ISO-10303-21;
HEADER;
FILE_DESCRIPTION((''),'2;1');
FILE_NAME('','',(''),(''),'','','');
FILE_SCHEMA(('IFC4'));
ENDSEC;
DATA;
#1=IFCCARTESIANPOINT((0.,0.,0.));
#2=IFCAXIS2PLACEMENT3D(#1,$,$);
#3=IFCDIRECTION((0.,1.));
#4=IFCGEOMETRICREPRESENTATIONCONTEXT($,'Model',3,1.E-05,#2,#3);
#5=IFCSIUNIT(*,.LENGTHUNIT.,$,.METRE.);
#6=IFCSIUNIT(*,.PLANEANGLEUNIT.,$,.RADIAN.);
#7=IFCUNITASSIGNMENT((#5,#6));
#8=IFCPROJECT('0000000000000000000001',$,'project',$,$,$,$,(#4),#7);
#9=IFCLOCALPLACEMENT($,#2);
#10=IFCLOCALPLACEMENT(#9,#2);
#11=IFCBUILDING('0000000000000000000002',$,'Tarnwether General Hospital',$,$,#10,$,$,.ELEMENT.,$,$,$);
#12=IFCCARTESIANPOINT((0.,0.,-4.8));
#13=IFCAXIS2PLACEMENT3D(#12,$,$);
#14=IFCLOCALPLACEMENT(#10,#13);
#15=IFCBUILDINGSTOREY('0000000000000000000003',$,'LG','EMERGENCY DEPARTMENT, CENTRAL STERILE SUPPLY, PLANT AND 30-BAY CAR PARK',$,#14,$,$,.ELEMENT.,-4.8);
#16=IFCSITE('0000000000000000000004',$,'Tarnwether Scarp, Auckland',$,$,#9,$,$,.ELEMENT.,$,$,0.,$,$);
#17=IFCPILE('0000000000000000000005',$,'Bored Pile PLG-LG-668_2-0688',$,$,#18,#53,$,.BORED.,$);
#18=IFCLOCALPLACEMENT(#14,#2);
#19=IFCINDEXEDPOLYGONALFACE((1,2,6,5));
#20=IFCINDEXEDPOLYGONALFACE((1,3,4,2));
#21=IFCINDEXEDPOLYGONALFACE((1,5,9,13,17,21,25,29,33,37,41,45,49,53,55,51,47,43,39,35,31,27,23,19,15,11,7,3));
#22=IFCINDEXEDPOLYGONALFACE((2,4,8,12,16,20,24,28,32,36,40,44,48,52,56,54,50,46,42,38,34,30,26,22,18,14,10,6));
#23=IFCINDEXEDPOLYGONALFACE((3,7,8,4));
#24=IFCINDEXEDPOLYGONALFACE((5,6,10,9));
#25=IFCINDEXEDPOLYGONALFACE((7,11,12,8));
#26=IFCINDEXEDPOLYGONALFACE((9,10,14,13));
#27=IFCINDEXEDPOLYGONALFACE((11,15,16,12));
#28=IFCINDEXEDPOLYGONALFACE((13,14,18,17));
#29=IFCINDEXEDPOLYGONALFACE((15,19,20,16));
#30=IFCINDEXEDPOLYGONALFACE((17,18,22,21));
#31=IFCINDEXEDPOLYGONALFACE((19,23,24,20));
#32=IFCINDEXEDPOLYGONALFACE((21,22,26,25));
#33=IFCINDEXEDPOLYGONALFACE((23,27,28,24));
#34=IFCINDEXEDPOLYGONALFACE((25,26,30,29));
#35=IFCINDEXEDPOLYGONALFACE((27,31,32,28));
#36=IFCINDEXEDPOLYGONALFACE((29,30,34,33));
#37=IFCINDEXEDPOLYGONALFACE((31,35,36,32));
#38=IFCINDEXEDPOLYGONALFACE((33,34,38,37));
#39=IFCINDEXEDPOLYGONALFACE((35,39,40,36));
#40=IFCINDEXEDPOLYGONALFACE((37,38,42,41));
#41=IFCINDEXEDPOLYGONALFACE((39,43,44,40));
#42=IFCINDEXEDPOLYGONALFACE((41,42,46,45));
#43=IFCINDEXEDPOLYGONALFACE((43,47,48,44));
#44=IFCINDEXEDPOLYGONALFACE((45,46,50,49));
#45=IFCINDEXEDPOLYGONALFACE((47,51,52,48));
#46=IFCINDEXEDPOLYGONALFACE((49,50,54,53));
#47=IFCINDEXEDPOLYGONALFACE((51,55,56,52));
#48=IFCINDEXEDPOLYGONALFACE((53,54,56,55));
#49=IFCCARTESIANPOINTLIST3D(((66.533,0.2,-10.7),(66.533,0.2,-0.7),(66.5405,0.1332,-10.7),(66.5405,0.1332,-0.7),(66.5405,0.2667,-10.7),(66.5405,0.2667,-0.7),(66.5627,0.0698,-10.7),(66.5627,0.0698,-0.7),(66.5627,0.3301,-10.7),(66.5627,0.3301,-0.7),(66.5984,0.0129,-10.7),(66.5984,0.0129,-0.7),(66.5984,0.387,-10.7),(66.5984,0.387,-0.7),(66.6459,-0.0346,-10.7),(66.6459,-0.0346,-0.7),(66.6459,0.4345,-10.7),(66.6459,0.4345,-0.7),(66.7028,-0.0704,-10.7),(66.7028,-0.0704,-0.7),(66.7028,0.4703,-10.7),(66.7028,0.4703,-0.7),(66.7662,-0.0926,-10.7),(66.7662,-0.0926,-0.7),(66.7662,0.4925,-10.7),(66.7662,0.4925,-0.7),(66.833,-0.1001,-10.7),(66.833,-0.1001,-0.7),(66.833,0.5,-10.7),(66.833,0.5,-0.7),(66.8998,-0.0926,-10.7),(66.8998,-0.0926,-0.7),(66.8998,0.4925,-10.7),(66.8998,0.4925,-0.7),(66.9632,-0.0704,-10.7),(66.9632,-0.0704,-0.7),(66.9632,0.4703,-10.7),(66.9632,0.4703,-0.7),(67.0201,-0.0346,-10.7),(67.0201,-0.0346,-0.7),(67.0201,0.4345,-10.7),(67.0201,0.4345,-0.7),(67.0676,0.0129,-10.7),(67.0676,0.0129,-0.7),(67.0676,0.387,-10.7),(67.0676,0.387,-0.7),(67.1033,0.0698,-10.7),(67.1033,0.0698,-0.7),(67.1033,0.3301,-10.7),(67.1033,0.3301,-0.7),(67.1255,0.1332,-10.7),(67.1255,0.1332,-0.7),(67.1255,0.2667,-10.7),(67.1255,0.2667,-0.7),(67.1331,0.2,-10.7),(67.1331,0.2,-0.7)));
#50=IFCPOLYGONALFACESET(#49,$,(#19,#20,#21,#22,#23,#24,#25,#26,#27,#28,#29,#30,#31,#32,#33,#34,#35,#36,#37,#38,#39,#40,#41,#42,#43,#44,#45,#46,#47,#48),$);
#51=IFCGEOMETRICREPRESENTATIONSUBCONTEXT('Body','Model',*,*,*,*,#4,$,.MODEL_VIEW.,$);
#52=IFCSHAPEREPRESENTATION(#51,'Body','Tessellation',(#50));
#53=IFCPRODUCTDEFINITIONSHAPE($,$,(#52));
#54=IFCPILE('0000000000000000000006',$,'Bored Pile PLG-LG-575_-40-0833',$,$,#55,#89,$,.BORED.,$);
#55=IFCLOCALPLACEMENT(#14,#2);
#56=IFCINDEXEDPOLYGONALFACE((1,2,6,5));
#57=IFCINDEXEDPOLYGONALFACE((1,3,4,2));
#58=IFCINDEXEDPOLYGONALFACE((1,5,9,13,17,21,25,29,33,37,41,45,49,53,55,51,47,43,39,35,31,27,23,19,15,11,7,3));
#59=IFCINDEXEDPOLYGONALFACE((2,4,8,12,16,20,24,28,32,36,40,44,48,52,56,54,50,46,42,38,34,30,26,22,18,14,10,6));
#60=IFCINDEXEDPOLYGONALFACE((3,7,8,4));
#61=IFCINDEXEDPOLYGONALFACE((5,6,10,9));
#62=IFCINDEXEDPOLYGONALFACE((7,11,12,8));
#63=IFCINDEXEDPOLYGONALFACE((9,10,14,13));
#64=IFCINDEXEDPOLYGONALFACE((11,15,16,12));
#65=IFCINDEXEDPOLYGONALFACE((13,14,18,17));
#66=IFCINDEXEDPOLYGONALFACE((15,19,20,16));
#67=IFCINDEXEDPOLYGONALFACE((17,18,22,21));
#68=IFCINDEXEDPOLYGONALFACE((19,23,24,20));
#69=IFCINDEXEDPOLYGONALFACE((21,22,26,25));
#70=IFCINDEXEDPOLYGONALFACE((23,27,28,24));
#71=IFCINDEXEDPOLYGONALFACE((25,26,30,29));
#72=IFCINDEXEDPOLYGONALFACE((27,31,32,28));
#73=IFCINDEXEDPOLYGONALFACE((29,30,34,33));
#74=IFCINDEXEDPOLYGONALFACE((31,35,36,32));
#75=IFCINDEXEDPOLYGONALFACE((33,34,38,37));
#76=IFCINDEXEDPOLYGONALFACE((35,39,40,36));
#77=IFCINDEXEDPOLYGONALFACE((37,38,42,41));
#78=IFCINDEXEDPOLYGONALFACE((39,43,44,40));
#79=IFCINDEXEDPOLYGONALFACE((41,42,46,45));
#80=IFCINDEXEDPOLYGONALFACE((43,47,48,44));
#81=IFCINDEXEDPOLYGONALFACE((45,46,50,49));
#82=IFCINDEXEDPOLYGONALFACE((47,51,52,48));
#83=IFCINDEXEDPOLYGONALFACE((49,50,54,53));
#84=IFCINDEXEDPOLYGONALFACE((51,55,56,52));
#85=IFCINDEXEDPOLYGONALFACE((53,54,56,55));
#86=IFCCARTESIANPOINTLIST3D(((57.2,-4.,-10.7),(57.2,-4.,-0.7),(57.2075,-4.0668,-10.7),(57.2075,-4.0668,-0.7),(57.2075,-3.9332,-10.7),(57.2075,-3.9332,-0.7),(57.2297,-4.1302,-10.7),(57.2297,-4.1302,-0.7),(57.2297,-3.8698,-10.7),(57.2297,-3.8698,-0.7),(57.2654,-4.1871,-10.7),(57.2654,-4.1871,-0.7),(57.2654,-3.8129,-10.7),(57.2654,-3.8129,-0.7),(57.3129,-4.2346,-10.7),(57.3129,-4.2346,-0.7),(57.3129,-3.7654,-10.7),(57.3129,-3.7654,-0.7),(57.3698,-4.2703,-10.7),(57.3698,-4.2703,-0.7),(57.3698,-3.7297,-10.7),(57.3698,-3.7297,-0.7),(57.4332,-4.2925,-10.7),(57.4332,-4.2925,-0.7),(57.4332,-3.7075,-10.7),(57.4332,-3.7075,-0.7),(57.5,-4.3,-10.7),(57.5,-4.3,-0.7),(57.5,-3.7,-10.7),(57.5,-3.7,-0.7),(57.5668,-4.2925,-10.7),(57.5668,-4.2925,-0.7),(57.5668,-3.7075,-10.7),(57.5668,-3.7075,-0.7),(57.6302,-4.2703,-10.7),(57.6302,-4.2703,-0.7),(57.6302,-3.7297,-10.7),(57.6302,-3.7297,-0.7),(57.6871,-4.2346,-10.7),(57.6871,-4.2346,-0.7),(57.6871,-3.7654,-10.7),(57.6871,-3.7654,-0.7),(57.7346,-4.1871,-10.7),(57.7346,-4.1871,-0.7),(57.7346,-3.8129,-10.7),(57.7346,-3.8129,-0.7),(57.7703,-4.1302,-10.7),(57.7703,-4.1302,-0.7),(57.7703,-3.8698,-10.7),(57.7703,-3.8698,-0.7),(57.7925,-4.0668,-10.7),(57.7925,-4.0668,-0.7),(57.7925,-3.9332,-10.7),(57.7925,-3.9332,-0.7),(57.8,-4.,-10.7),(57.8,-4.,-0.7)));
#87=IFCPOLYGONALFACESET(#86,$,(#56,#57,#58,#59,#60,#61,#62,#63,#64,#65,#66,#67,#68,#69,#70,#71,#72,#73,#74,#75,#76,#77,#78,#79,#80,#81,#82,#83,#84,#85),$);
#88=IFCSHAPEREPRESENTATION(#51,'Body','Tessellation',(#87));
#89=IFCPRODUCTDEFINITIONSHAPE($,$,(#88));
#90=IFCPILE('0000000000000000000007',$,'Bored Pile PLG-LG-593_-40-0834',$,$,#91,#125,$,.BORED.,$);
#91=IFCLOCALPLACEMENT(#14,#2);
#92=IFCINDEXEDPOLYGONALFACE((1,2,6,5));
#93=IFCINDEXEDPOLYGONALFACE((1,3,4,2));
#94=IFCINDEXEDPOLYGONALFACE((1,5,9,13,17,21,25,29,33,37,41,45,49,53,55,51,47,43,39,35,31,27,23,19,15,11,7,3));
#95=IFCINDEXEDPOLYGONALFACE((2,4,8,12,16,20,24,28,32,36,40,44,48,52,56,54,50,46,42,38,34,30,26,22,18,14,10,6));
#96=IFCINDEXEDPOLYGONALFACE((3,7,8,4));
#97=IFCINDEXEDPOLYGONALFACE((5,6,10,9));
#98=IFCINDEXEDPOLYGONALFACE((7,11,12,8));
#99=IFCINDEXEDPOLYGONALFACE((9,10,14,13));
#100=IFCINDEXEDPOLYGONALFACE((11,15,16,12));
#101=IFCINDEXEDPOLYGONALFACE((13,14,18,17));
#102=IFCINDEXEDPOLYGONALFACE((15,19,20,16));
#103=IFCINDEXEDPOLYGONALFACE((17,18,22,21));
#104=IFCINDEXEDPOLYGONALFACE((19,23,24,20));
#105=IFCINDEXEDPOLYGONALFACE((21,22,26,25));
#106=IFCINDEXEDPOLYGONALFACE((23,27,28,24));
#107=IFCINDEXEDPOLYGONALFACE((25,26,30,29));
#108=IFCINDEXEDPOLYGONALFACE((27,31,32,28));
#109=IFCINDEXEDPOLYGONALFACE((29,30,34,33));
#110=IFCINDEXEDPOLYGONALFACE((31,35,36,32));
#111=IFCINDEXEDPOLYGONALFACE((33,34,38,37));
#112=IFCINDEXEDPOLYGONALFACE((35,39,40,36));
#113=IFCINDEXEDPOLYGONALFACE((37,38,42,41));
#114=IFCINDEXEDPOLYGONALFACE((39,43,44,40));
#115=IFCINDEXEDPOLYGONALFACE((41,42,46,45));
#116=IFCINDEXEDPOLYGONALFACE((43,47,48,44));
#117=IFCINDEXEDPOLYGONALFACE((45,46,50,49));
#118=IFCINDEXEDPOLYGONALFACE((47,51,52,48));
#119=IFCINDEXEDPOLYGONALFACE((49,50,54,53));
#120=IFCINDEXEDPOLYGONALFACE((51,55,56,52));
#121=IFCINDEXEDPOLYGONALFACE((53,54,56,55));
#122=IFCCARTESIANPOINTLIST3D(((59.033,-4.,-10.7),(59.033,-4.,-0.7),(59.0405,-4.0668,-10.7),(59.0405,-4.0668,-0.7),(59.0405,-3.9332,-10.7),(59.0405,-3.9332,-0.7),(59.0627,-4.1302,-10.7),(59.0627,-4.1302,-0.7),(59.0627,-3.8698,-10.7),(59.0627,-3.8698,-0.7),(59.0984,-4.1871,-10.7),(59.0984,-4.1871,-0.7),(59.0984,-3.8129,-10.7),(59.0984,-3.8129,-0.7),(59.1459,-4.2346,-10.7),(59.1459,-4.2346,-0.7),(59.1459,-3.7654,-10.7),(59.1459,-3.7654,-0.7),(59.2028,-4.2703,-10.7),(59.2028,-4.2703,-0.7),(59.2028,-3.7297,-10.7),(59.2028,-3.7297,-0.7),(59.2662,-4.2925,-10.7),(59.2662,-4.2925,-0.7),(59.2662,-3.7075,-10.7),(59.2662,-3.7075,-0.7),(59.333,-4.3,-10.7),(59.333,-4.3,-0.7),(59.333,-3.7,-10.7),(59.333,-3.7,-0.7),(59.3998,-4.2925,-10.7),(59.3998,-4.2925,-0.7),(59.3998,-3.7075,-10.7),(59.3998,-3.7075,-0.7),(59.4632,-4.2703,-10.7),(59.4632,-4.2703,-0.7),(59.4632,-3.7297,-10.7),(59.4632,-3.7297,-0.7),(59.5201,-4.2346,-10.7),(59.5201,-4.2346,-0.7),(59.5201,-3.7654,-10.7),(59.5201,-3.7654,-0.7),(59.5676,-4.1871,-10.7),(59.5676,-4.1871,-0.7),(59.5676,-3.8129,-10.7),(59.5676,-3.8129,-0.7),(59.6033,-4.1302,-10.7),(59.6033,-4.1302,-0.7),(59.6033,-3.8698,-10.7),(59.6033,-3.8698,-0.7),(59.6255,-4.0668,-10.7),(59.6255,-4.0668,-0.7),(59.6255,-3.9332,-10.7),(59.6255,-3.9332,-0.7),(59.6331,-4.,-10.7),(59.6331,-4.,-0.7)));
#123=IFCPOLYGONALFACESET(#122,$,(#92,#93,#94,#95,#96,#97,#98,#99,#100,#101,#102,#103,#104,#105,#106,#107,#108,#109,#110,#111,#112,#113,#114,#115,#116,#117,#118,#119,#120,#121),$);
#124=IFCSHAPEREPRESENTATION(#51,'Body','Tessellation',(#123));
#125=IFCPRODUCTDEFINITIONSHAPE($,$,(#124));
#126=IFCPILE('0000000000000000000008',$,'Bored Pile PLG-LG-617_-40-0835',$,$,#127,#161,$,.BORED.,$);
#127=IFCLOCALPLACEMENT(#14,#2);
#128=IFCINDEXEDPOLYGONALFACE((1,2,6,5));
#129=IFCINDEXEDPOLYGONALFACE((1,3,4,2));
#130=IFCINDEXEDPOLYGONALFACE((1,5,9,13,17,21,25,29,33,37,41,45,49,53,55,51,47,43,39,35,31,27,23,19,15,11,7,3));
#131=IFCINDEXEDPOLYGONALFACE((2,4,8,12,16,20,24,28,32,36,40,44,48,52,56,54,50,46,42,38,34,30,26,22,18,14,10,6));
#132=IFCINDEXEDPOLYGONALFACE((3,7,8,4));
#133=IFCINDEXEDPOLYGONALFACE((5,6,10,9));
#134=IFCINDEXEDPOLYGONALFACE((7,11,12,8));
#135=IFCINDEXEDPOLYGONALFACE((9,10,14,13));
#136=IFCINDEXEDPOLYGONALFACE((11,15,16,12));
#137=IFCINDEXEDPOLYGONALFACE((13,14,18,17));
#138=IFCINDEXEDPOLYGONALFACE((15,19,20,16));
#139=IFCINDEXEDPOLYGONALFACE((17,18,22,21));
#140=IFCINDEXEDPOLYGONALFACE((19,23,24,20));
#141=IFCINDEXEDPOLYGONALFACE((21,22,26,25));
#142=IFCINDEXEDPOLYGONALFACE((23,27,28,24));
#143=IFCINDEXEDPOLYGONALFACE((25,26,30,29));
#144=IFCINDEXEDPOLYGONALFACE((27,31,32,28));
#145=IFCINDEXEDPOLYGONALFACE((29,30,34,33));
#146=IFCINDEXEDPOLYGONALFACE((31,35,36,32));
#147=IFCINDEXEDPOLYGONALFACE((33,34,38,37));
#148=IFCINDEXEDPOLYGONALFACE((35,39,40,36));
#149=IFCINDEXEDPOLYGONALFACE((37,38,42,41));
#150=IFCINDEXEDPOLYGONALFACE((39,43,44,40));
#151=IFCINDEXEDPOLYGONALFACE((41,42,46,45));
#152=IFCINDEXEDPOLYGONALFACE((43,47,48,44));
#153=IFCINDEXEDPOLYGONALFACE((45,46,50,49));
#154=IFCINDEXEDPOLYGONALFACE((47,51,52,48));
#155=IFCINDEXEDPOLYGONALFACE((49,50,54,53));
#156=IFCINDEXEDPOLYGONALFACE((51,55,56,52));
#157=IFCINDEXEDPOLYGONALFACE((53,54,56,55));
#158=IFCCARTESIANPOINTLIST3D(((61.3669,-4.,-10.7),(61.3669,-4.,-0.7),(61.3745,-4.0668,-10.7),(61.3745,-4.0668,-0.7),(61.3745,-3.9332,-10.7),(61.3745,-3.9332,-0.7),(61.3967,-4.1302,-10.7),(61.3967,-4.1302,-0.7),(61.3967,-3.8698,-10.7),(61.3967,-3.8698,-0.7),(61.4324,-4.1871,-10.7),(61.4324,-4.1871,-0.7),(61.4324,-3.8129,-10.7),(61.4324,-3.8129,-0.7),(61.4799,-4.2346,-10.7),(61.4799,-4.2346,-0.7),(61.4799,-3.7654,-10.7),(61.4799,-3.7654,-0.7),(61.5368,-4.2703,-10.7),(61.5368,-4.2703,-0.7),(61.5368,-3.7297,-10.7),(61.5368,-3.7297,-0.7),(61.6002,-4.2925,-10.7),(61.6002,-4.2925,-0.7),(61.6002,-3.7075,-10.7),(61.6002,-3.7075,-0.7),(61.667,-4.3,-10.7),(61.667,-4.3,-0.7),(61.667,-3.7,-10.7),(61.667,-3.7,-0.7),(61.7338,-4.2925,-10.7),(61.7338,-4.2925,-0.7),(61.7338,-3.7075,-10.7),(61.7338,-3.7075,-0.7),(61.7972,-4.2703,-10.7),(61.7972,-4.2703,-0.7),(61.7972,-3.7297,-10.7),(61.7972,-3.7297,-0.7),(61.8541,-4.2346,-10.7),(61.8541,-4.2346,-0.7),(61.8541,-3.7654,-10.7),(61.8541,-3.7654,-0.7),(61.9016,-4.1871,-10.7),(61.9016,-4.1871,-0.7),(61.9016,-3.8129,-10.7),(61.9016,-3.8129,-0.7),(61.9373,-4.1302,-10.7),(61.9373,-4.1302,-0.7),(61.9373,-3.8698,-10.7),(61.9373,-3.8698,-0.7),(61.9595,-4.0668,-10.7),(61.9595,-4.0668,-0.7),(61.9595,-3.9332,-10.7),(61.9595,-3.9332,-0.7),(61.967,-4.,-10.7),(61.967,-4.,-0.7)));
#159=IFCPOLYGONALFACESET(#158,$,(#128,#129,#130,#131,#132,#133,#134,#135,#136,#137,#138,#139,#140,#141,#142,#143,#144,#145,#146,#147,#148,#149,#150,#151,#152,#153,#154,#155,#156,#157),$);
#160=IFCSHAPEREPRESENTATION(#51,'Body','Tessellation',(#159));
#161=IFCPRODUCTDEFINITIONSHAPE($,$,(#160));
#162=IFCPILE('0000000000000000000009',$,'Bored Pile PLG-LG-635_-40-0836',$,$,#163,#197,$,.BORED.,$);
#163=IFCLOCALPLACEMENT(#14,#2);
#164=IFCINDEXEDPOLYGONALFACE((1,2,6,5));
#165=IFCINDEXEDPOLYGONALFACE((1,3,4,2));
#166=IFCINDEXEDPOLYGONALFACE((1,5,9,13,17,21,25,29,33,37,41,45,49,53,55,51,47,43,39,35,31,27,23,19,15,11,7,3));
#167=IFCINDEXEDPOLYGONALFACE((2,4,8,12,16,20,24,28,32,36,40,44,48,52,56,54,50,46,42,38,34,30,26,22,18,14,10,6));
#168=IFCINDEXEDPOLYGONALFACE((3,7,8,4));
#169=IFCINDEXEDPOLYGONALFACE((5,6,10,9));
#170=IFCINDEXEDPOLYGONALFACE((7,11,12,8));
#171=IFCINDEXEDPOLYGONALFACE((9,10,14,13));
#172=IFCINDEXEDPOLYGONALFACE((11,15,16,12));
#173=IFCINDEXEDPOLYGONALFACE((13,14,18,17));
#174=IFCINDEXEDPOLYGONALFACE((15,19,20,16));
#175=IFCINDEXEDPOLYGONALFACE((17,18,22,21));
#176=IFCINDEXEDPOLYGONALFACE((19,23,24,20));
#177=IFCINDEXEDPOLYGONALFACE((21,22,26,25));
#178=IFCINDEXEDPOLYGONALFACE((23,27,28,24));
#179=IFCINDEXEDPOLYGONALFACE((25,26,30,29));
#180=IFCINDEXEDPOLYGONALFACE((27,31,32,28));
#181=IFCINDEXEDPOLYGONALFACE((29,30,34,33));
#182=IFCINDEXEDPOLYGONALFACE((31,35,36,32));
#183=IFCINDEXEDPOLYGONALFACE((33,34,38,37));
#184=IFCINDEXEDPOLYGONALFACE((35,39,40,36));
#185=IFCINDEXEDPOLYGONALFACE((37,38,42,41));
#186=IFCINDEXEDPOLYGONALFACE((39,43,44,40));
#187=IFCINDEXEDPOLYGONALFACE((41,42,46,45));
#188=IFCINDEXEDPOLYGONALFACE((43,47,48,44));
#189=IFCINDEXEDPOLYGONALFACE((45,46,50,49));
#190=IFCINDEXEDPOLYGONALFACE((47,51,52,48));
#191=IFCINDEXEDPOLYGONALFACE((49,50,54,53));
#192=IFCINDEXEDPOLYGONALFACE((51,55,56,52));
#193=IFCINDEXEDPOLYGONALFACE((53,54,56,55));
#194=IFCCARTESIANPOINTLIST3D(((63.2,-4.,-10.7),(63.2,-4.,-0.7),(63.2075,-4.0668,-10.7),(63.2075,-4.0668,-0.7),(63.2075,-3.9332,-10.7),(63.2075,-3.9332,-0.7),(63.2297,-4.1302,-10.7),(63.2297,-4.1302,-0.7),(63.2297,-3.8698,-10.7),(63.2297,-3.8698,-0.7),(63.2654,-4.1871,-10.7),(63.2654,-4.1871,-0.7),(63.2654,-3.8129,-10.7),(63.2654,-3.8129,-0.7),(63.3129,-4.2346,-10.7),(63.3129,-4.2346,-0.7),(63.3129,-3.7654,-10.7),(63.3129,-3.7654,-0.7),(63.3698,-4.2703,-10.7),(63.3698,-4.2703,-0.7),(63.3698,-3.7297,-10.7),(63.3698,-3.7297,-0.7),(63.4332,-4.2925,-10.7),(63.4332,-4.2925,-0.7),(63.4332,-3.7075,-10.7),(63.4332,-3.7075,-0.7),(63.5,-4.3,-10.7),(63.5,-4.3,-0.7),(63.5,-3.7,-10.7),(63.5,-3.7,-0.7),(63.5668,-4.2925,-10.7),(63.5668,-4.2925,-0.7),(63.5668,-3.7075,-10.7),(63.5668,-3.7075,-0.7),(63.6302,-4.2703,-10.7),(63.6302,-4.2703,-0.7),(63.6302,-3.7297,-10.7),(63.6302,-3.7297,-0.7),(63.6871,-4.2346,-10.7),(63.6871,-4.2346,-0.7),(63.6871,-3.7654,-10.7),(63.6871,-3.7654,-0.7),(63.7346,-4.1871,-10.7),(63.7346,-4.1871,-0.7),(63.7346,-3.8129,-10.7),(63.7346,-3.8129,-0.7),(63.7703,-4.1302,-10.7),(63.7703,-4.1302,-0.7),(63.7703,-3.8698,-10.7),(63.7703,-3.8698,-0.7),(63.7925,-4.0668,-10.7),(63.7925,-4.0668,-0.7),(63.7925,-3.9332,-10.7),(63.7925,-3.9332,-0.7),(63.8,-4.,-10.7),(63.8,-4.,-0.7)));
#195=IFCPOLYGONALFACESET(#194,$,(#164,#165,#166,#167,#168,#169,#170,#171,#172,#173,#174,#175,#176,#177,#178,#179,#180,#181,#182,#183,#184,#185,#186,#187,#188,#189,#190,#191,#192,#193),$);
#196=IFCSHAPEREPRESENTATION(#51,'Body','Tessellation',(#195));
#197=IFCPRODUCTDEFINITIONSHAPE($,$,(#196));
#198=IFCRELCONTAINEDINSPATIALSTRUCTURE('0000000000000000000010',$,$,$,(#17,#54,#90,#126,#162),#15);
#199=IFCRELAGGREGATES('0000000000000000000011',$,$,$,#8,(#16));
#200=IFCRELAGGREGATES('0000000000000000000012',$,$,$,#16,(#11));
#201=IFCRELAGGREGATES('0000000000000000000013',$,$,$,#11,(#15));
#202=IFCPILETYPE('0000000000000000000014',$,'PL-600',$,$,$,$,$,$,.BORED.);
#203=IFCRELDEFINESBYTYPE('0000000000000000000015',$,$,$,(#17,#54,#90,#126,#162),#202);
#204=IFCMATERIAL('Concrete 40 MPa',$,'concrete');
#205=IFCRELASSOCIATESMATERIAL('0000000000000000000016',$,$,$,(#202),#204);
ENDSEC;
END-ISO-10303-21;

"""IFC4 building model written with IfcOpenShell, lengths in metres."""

from ifc_helpers import new_model, si_unit, direction, frame, origin, origin_2d, place, context, subcontext, project, spatial, circle, extrude, material, material_profile, profile_set, type_object, element, save


model = new_model("IFC4")

# Units and contexts
model_context = context("Model", 3, precision=1e-05, world=origin(), true_north=direction((0.0, 1.0)))
body_context = subcontext(model_context, "Body", "Model", "MODEL_VIEW")
ifc_project = project(units=[si_unit("LENGTHUNIT", "METRE"), si_unit("PLANEANGLEUNIT", "RADIAN")], contexts=[model_context])

# Site, building, storey
site_placement = place(None, origin())
site = spatial("IfcSite", under=ifc_project, at=site_placement, Name="Tarnwether Scarp, Auckland", CompositionType="ELEMENT", RefElevation=0.0)
building_placement = place(site_placement, origin())
building = spatial("IfcBuilding", under=site, at=building_placement, Name="Tarnwether General Hospital", CompositionType="ELEMENT")
storey_placement = place(building_placement, frame((0.0, 0.0, -4.8)))
storey = spatial("IfcBuildingStorey", under=building, at=storey_placement, Name="LG", Description="EMERGENCY DEPARTMENT, CENTRAL STERILE SUPPLY, PLANT AND 30-BAY CAR PARK", CompositionType="ELEMENT", Elevation=-4.8)

# Piles
ifc_material_1 = material(Name="Concrete 40 MPa", Category="concrete")
ifc_material_profile_1 = material_profile(ifc_material_1, circle(Radius=0.3, at=origin_2d()), Name="PILE-D600")
ifc_profile_set_1 = profile_set([ifc_material_profile_1], Name="Concrete 40 MPa")
pile_type_1 = type_object("IfcPileType", Name="PL-600", PredefinedType="BORED", material=ifc_profile_set_1)
for number, where, z_axis, x_axis, name in (
    (1, (66.833, 0.2, -0.7), (0.0, 0.0, -1.0), (1.0, 0.0, 0.0), "Bored Pile PLG-LG-668_2-0688"),
    (2, (57.5, -4.0, -0.7), (0.0, 0.0, -1.0), (1.0, 0.0, 0.0), "Bored Pile PLG-LG-575_-40-0833"),
    (3, (59.333, -4.0, -0.7), (0.0, 0.0, -1.0), (1.0, 0.0, 0.0), "Bored Pile PLG-LG-593_-40-0834"),
    (4, (61.667, -4.0, -0.7), (0.0, 0.0, -1.0), (1.0, 0.0, 0.0), "Bored Pile PLG-LG-617_-40-0835"),
    (5, (63.5, -4.0, -0.7), (0.0, 0.0, -1.0), (1.0, 0.0, 0.0), "Bored Pile PLG-LG-635_-40-0836"),
):
    element("IfcPile", number, at=place(storey_placement, frame(where, z_axis=z_axis, x_axis=x_axis)), inside=storey, type_object=pile_type_1, Name=name, PredefinedType="BORED", context=body_context, shape_type="SweptSolid", body=[
        extrude(circle(Radius=0.3, at=origin_2d()), origin(), (0.0, 0.0, 1.0), 10.0),
    ])

save(model, "model.ifc")
